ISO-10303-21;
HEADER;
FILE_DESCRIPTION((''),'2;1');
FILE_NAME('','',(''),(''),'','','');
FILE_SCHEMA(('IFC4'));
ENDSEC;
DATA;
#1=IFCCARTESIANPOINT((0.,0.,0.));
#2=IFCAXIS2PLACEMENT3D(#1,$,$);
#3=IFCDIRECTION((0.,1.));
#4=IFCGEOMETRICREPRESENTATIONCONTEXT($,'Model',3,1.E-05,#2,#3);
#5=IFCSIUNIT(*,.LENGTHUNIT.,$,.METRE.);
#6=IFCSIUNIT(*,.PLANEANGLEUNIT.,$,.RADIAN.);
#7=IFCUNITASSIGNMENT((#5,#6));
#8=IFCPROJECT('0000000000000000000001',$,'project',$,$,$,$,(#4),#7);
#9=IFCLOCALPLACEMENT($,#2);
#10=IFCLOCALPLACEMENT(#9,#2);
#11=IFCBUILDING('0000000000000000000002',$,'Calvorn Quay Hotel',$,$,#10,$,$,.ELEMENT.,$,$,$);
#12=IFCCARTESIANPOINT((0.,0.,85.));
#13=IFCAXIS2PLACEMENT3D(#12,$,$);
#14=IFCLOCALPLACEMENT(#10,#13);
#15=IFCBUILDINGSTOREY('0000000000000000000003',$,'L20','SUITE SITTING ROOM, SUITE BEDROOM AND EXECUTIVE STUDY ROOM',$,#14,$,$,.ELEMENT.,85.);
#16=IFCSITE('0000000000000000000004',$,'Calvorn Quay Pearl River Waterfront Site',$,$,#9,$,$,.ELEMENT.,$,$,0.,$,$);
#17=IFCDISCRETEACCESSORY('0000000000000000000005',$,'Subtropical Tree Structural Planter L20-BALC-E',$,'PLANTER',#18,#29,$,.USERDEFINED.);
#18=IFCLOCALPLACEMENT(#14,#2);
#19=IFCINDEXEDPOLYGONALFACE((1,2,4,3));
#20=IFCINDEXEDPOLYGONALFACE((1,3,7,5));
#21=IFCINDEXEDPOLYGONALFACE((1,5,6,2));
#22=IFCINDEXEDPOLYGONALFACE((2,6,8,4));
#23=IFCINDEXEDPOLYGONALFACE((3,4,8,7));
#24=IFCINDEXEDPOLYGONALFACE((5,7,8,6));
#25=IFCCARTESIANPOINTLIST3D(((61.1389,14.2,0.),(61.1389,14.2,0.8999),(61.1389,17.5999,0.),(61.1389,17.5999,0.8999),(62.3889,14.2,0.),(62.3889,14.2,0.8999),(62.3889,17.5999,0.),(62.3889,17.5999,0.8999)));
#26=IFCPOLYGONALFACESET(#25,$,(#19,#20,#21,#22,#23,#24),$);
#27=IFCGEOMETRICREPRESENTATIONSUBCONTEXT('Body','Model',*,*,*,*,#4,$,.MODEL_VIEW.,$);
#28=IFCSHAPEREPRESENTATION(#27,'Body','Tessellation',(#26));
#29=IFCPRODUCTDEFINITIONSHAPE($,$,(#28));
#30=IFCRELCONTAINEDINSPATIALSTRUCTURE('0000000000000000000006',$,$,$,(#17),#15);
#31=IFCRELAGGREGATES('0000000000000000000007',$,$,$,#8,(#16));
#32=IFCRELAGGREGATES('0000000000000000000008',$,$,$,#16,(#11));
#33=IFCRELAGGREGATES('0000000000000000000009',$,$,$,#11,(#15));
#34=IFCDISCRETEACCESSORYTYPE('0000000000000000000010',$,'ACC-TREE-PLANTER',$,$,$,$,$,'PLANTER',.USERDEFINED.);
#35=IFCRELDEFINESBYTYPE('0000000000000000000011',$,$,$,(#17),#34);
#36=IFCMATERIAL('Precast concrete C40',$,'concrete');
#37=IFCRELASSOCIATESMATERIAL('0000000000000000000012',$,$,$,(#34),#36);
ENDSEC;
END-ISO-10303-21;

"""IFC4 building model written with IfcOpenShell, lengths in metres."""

from ifc_helpers import new_model, si_unit, direction, frame, origin, origin_2d, place, context, subcontext, project, spatial, rectangle, extrude, material, type_object, element, save


model = new_model("IFC4")

# Units and contexts
model_context = context("Model", 3, precision=1e-05, world=origin(), true_north=direction((0.0, 1.0)))
body_context = subcontext(model_context, "Body", "Model", "MODEL_VIEW")
ifc_project = project(units=[si_unit("LENGTHUNIT", "METRE"), si_unit("PLANEANGLEUNIT", "RADIAN")], contexts=[model_context])

# Site, building, storey
site_placement = place(None, origin())
site = spatial("IfcSite", under=ifc_project, at=site_placement, Name="Calvorn Quay Pearl River Waterfront Site", CompositionType="ELEMENT", RefElevation=0.0)
building_placement = place(site_placement, origin())
building = spatial("IfcBuilding", under=site, at=building_placement, Name="Calvorn Quay Hotel", CompositionType="ELEMENT")
storey_placement = place(building_placement, frame((0.0, 0.0, 85.0)))
storey = spatial("IfcBuildingStorey", under=building, at=storey_placement, Name="L20", Description="SUITE SITTING ROOM, SUITE BEDROOM AND EXECUTIVE STUDY ROOM", CompositionType="ELEMENT", Elevation=85.0)

# Discrete accessory
ifc_material_1 = material(Name="Precast concrete C40", Category="concrete")
discrete_accessory_type_1 = type_object("IfcDiscreteAccessoryType", Name="ACC-TREE-PLANTER", ElementType="PLANTER", PredefinedType="USERDEFINED", material=ifc_material_1)
discrete_accessory_1_placement = place(storey_placement, frame((61.7639, 15.8999, 0.0), z_axis=(0.0, 0.0, 1.0), x_axis=(1.0, 0.0, 0.0)))
element("IfcDiscreteAccessory", 1, at=discrete_accessory_1_placement, inside=storey, type_object=discrete_accessory_type_1, Name="Subtropical Tree Structural Planter L20-BALC-E", ObjectType="PLANTER", PredefinedType="USERDEFINED", context=body_context, shape_type="SweptSolid", body=[
    extrude(rectangle(XDim=1.25, YDim=3.3999, at=origin_2d()), origin(), (0.0, 0.0, 1.0), 0.8999),
])

save(model, "model.ifc")
